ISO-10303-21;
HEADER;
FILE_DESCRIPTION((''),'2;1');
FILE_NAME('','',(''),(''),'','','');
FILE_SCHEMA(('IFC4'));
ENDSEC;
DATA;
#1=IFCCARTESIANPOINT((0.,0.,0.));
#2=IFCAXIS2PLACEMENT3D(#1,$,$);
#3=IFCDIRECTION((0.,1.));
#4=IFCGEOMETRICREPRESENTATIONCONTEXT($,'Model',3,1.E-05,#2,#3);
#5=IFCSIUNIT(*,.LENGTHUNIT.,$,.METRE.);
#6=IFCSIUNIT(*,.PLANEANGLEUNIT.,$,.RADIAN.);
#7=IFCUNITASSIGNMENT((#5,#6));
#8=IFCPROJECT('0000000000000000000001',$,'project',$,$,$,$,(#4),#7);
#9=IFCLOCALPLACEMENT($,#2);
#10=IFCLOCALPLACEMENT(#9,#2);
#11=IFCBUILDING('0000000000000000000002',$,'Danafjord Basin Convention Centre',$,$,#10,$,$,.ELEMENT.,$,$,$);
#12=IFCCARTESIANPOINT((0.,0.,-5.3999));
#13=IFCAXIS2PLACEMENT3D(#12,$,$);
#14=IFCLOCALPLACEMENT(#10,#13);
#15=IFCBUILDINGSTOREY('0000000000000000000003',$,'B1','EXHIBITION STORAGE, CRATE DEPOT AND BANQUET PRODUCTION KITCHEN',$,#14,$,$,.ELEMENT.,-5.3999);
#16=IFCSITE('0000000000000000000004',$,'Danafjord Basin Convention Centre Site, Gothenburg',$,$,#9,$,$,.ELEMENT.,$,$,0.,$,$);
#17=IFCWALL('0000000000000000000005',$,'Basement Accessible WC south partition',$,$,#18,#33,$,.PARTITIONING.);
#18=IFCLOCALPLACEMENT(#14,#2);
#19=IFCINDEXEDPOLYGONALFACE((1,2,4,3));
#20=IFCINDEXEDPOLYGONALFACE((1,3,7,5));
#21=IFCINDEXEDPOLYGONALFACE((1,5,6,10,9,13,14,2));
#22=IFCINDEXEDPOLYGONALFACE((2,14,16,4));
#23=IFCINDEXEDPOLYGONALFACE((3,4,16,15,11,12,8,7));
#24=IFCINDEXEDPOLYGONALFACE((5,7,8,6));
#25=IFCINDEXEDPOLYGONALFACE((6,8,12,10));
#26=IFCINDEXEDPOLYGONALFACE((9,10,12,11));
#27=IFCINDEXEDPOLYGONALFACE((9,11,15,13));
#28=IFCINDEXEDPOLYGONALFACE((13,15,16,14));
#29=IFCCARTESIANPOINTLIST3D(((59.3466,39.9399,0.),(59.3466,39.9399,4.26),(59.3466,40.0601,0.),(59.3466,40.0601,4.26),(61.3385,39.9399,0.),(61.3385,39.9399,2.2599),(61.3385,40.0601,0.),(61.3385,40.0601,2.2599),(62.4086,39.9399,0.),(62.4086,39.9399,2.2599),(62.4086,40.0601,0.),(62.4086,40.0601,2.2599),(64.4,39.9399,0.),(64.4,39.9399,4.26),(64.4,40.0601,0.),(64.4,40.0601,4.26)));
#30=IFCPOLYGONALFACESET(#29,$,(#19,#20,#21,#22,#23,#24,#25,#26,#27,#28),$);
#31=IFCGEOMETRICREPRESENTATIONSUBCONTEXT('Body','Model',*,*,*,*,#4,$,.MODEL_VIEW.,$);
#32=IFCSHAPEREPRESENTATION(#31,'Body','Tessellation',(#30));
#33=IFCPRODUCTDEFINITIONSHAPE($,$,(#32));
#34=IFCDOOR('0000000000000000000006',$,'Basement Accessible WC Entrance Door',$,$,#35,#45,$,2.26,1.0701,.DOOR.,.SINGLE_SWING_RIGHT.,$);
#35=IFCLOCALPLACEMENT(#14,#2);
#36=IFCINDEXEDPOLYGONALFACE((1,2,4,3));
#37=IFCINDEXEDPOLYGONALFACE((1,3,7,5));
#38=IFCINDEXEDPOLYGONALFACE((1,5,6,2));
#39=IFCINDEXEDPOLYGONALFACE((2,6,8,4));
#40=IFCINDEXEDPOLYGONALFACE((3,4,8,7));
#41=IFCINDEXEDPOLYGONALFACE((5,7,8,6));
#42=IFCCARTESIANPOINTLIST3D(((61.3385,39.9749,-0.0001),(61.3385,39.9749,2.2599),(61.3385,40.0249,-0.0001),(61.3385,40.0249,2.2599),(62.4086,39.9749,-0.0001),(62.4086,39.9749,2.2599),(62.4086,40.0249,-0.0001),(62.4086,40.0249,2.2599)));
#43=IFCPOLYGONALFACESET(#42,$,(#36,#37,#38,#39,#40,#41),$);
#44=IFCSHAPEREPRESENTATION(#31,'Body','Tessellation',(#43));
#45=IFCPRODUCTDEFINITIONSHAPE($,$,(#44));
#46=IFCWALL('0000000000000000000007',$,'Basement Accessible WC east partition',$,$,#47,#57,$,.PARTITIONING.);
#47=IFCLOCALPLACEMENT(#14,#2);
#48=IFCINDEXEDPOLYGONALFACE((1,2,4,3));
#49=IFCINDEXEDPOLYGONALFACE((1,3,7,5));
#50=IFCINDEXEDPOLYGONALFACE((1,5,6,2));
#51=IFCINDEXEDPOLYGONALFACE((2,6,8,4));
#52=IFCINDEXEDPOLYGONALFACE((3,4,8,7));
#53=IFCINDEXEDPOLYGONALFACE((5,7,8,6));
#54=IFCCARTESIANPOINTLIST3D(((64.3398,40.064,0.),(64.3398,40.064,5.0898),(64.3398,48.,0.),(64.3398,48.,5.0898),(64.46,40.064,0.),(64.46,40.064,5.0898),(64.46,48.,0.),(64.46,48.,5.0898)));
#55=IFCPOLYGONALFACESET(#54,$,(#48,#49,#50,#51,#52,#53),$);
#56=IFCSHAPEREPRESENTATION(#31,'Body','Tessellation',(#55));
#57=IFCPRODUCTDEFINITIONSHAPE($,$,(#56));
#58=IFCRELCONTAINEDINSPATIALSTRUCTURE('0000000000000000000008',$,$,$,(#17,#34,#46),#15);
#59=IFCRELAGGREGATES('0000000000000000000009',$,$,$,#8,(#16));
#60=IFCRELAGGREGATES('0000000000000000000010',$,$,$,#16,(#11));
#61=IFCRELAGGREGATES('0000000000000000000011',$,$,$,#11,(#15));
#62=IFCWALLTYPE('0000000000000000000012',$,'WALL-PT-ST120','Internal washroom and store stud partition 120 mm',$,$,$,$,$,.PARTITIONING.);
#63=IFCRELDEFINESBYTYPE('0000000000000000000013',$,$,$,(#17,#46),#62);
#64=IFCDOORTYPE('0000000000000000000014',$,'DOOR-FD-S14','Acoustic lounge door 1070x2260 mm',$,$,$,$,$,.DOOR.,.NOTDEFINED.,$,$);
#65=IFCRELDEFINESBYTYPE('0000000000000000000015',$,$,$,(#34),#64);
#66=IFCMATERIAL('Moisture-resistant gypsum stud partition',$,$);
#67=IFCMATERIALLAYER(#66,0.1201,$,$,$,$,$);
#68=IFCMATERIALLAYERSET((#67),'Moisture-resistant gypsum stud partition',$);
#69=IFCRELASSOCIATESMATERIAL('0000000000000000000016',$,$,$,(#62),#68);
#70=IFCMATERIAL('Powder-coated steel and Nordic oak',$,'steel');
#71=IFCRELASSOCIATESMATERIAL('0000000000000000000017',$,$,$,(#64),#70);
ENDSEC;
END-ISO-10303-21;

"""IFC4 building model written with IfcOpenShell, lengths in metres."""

from ifc_helpers import new_model, si_unit, direction, frame, frame_2d, origin, place, context, subcontext, project, spatial, rectangle, extrude, material, layer, layer_set, type_object, element, fill, save


model = new_model("IFC4")

# Units and contexts
model_context = context("Model", 3, precision=1e-05, world=origin(), true_north=direction((0.0, 1.0)))
body_context = subcontext(model_context, "Body", "Model", "MODEL_VIEW")
ifc_project = project(units=[si_unit("LENGTHUNIT", "METRE"), si_unit("PLANEANGLEUNIT", "RADIAN")], contexts=[model_context])

# Site, building, storey
site_placement = place(None, origin())
site = spatial("IfcSite", under=ifc_project, at=site_placement, Name="Danafjord Basin Convention Centre Site, Gothenburg", CompositionType="ELEMENT", RefElevation=0.0)
building_placement = place(site_placement, origin())
building = spatial("IfcBuilding", under=site, at=building_placement, Name="Danafjord Basin Convention Centre", CompositionType="ELEMENT")
storey_placement = place(building_placement, frame((0.0, 0.0, -5.3999)))
storey = spatial("IfcBuildingStorey", under=building, at=storey_placement, Name="B1", Description="EXHIBITION STORAGE, CRATE DEPOT AND BANQUET PRODUCTION KITCHEN", CompositionType="ELEMENT", Elevation=-5.3999)

# Wall, opening, door
ifc_material_1 = material(Name="Moisture-resistant gypsum stud partition")
ifc_layer_1 = layer(ifc_material_1, 0.1201)
ifc_layer_set_1 = layer_set([ifc_layer_1], Name="Moisture-resistant gypsum stud partition")
wall_type_1 = type_object("IfcWallType", Name="WALL-PT-ST120", Description="Internal washroom and store stud partition 120 mm", PredefinedType="PARTITIONING", material=ifc_layer_set_1)
wall_1_placement = place(storey_placement, frame((59.3464, 40.0, 0.0), z_axis=(0.0, 0.0, 1.0), x_axis=(1.0, 0.0, 0.0)))
wall_1 = element("IfcWall", 1, at=wall_1_placement, inside=storey, type_object=wall_type_1, Name="Basement Accessible WC south partition", PredefinedType="PARTITIONING", context=body_context, shape_type="SweptSolid", body=[
    extrude(rectangle(XDim=5.0535, YDim=0.1201, at=frame_2d((2.5269, 0.0))), origin(), (0.0, 0.0, 1.0), 4.26),
])
opening_placement = place(wall_1_placement, frame((1.9919, 0.0, 0.0)))
opening = element("IfcOpeningElement", 2, at=opening_placement, cuts=wall_1, PredefinedType="OPENING", context=body_context, shape_type="SweptSolid", body=[
    extrude(rectangle(XDim=1.0701, YDim=2.26, at=frame_2d((0.5352, 1.1299))), frame((0.0, 0.0701, 0.0), z_axis=(0.0, -1.0, 0.0), x_axis=(1.0, 0.0, 0.0)), (0.0, 0.0, 1.0), 0.1401),
])
ifc_material_2 = material(Name="Powder-coated steel and Nordic oak", Category="steel")
door_type = type_object("IfcDoorType", Name="DOOR-FD-S14", Description="Acoustic lounge door 1070x2260 mm", OperationType="NOTDEFINED", PredefinedType="DOOR", material=ifc_material_2)
door_placement = place(opening_placement, origin())
door = element("IfcDoor", 3, at=door_placement, inside=storey, type_object=door_type, Name="Basement Accessible WC Entrance Door", OperationType="SINGLE_SWING_RIGHT", OverallHeight=2.26, OverallWidth=1.0701, PredefinedType="DOOR", context=body_context, shape_type="SweptSolid", body=[
    extrude(rectangle(XDim=1.0701, YDim=2.26, at=frame_2d((0.5352, 1.1299))), frame((0.0, 0.0249, 0.0), z_axis=(0.0, -1.0, 0.0), x_axis=(1.0, 0.0, 0.0)), (0.0, 0.0, 1.0), 0.05),
])
fill(opening, door)

# Wall
wall_2_placement = place(storey_placement, frame((64.3999, 40.064, 0.0), z_axis=(0.0, 0.0, 1.0), x_axis=(0.0, 1.0, 0.0)))
element("IfcWall", 4, at=wall_2_placement, inside=storey, type_object=wall_type_1, Name="Basement Accessible WC east partition", PredefinedType="PARTITIONING", context=body_context, shape_type="SweptSolid", body=[
    extrude(rectangle(XDim=7.936, YDim=0.1201, at=frame_2d((3.968, 0.0))), origin(), (0.0, 0.0, 1.0), 5.0898),
])

save(model, "model.ifc")
